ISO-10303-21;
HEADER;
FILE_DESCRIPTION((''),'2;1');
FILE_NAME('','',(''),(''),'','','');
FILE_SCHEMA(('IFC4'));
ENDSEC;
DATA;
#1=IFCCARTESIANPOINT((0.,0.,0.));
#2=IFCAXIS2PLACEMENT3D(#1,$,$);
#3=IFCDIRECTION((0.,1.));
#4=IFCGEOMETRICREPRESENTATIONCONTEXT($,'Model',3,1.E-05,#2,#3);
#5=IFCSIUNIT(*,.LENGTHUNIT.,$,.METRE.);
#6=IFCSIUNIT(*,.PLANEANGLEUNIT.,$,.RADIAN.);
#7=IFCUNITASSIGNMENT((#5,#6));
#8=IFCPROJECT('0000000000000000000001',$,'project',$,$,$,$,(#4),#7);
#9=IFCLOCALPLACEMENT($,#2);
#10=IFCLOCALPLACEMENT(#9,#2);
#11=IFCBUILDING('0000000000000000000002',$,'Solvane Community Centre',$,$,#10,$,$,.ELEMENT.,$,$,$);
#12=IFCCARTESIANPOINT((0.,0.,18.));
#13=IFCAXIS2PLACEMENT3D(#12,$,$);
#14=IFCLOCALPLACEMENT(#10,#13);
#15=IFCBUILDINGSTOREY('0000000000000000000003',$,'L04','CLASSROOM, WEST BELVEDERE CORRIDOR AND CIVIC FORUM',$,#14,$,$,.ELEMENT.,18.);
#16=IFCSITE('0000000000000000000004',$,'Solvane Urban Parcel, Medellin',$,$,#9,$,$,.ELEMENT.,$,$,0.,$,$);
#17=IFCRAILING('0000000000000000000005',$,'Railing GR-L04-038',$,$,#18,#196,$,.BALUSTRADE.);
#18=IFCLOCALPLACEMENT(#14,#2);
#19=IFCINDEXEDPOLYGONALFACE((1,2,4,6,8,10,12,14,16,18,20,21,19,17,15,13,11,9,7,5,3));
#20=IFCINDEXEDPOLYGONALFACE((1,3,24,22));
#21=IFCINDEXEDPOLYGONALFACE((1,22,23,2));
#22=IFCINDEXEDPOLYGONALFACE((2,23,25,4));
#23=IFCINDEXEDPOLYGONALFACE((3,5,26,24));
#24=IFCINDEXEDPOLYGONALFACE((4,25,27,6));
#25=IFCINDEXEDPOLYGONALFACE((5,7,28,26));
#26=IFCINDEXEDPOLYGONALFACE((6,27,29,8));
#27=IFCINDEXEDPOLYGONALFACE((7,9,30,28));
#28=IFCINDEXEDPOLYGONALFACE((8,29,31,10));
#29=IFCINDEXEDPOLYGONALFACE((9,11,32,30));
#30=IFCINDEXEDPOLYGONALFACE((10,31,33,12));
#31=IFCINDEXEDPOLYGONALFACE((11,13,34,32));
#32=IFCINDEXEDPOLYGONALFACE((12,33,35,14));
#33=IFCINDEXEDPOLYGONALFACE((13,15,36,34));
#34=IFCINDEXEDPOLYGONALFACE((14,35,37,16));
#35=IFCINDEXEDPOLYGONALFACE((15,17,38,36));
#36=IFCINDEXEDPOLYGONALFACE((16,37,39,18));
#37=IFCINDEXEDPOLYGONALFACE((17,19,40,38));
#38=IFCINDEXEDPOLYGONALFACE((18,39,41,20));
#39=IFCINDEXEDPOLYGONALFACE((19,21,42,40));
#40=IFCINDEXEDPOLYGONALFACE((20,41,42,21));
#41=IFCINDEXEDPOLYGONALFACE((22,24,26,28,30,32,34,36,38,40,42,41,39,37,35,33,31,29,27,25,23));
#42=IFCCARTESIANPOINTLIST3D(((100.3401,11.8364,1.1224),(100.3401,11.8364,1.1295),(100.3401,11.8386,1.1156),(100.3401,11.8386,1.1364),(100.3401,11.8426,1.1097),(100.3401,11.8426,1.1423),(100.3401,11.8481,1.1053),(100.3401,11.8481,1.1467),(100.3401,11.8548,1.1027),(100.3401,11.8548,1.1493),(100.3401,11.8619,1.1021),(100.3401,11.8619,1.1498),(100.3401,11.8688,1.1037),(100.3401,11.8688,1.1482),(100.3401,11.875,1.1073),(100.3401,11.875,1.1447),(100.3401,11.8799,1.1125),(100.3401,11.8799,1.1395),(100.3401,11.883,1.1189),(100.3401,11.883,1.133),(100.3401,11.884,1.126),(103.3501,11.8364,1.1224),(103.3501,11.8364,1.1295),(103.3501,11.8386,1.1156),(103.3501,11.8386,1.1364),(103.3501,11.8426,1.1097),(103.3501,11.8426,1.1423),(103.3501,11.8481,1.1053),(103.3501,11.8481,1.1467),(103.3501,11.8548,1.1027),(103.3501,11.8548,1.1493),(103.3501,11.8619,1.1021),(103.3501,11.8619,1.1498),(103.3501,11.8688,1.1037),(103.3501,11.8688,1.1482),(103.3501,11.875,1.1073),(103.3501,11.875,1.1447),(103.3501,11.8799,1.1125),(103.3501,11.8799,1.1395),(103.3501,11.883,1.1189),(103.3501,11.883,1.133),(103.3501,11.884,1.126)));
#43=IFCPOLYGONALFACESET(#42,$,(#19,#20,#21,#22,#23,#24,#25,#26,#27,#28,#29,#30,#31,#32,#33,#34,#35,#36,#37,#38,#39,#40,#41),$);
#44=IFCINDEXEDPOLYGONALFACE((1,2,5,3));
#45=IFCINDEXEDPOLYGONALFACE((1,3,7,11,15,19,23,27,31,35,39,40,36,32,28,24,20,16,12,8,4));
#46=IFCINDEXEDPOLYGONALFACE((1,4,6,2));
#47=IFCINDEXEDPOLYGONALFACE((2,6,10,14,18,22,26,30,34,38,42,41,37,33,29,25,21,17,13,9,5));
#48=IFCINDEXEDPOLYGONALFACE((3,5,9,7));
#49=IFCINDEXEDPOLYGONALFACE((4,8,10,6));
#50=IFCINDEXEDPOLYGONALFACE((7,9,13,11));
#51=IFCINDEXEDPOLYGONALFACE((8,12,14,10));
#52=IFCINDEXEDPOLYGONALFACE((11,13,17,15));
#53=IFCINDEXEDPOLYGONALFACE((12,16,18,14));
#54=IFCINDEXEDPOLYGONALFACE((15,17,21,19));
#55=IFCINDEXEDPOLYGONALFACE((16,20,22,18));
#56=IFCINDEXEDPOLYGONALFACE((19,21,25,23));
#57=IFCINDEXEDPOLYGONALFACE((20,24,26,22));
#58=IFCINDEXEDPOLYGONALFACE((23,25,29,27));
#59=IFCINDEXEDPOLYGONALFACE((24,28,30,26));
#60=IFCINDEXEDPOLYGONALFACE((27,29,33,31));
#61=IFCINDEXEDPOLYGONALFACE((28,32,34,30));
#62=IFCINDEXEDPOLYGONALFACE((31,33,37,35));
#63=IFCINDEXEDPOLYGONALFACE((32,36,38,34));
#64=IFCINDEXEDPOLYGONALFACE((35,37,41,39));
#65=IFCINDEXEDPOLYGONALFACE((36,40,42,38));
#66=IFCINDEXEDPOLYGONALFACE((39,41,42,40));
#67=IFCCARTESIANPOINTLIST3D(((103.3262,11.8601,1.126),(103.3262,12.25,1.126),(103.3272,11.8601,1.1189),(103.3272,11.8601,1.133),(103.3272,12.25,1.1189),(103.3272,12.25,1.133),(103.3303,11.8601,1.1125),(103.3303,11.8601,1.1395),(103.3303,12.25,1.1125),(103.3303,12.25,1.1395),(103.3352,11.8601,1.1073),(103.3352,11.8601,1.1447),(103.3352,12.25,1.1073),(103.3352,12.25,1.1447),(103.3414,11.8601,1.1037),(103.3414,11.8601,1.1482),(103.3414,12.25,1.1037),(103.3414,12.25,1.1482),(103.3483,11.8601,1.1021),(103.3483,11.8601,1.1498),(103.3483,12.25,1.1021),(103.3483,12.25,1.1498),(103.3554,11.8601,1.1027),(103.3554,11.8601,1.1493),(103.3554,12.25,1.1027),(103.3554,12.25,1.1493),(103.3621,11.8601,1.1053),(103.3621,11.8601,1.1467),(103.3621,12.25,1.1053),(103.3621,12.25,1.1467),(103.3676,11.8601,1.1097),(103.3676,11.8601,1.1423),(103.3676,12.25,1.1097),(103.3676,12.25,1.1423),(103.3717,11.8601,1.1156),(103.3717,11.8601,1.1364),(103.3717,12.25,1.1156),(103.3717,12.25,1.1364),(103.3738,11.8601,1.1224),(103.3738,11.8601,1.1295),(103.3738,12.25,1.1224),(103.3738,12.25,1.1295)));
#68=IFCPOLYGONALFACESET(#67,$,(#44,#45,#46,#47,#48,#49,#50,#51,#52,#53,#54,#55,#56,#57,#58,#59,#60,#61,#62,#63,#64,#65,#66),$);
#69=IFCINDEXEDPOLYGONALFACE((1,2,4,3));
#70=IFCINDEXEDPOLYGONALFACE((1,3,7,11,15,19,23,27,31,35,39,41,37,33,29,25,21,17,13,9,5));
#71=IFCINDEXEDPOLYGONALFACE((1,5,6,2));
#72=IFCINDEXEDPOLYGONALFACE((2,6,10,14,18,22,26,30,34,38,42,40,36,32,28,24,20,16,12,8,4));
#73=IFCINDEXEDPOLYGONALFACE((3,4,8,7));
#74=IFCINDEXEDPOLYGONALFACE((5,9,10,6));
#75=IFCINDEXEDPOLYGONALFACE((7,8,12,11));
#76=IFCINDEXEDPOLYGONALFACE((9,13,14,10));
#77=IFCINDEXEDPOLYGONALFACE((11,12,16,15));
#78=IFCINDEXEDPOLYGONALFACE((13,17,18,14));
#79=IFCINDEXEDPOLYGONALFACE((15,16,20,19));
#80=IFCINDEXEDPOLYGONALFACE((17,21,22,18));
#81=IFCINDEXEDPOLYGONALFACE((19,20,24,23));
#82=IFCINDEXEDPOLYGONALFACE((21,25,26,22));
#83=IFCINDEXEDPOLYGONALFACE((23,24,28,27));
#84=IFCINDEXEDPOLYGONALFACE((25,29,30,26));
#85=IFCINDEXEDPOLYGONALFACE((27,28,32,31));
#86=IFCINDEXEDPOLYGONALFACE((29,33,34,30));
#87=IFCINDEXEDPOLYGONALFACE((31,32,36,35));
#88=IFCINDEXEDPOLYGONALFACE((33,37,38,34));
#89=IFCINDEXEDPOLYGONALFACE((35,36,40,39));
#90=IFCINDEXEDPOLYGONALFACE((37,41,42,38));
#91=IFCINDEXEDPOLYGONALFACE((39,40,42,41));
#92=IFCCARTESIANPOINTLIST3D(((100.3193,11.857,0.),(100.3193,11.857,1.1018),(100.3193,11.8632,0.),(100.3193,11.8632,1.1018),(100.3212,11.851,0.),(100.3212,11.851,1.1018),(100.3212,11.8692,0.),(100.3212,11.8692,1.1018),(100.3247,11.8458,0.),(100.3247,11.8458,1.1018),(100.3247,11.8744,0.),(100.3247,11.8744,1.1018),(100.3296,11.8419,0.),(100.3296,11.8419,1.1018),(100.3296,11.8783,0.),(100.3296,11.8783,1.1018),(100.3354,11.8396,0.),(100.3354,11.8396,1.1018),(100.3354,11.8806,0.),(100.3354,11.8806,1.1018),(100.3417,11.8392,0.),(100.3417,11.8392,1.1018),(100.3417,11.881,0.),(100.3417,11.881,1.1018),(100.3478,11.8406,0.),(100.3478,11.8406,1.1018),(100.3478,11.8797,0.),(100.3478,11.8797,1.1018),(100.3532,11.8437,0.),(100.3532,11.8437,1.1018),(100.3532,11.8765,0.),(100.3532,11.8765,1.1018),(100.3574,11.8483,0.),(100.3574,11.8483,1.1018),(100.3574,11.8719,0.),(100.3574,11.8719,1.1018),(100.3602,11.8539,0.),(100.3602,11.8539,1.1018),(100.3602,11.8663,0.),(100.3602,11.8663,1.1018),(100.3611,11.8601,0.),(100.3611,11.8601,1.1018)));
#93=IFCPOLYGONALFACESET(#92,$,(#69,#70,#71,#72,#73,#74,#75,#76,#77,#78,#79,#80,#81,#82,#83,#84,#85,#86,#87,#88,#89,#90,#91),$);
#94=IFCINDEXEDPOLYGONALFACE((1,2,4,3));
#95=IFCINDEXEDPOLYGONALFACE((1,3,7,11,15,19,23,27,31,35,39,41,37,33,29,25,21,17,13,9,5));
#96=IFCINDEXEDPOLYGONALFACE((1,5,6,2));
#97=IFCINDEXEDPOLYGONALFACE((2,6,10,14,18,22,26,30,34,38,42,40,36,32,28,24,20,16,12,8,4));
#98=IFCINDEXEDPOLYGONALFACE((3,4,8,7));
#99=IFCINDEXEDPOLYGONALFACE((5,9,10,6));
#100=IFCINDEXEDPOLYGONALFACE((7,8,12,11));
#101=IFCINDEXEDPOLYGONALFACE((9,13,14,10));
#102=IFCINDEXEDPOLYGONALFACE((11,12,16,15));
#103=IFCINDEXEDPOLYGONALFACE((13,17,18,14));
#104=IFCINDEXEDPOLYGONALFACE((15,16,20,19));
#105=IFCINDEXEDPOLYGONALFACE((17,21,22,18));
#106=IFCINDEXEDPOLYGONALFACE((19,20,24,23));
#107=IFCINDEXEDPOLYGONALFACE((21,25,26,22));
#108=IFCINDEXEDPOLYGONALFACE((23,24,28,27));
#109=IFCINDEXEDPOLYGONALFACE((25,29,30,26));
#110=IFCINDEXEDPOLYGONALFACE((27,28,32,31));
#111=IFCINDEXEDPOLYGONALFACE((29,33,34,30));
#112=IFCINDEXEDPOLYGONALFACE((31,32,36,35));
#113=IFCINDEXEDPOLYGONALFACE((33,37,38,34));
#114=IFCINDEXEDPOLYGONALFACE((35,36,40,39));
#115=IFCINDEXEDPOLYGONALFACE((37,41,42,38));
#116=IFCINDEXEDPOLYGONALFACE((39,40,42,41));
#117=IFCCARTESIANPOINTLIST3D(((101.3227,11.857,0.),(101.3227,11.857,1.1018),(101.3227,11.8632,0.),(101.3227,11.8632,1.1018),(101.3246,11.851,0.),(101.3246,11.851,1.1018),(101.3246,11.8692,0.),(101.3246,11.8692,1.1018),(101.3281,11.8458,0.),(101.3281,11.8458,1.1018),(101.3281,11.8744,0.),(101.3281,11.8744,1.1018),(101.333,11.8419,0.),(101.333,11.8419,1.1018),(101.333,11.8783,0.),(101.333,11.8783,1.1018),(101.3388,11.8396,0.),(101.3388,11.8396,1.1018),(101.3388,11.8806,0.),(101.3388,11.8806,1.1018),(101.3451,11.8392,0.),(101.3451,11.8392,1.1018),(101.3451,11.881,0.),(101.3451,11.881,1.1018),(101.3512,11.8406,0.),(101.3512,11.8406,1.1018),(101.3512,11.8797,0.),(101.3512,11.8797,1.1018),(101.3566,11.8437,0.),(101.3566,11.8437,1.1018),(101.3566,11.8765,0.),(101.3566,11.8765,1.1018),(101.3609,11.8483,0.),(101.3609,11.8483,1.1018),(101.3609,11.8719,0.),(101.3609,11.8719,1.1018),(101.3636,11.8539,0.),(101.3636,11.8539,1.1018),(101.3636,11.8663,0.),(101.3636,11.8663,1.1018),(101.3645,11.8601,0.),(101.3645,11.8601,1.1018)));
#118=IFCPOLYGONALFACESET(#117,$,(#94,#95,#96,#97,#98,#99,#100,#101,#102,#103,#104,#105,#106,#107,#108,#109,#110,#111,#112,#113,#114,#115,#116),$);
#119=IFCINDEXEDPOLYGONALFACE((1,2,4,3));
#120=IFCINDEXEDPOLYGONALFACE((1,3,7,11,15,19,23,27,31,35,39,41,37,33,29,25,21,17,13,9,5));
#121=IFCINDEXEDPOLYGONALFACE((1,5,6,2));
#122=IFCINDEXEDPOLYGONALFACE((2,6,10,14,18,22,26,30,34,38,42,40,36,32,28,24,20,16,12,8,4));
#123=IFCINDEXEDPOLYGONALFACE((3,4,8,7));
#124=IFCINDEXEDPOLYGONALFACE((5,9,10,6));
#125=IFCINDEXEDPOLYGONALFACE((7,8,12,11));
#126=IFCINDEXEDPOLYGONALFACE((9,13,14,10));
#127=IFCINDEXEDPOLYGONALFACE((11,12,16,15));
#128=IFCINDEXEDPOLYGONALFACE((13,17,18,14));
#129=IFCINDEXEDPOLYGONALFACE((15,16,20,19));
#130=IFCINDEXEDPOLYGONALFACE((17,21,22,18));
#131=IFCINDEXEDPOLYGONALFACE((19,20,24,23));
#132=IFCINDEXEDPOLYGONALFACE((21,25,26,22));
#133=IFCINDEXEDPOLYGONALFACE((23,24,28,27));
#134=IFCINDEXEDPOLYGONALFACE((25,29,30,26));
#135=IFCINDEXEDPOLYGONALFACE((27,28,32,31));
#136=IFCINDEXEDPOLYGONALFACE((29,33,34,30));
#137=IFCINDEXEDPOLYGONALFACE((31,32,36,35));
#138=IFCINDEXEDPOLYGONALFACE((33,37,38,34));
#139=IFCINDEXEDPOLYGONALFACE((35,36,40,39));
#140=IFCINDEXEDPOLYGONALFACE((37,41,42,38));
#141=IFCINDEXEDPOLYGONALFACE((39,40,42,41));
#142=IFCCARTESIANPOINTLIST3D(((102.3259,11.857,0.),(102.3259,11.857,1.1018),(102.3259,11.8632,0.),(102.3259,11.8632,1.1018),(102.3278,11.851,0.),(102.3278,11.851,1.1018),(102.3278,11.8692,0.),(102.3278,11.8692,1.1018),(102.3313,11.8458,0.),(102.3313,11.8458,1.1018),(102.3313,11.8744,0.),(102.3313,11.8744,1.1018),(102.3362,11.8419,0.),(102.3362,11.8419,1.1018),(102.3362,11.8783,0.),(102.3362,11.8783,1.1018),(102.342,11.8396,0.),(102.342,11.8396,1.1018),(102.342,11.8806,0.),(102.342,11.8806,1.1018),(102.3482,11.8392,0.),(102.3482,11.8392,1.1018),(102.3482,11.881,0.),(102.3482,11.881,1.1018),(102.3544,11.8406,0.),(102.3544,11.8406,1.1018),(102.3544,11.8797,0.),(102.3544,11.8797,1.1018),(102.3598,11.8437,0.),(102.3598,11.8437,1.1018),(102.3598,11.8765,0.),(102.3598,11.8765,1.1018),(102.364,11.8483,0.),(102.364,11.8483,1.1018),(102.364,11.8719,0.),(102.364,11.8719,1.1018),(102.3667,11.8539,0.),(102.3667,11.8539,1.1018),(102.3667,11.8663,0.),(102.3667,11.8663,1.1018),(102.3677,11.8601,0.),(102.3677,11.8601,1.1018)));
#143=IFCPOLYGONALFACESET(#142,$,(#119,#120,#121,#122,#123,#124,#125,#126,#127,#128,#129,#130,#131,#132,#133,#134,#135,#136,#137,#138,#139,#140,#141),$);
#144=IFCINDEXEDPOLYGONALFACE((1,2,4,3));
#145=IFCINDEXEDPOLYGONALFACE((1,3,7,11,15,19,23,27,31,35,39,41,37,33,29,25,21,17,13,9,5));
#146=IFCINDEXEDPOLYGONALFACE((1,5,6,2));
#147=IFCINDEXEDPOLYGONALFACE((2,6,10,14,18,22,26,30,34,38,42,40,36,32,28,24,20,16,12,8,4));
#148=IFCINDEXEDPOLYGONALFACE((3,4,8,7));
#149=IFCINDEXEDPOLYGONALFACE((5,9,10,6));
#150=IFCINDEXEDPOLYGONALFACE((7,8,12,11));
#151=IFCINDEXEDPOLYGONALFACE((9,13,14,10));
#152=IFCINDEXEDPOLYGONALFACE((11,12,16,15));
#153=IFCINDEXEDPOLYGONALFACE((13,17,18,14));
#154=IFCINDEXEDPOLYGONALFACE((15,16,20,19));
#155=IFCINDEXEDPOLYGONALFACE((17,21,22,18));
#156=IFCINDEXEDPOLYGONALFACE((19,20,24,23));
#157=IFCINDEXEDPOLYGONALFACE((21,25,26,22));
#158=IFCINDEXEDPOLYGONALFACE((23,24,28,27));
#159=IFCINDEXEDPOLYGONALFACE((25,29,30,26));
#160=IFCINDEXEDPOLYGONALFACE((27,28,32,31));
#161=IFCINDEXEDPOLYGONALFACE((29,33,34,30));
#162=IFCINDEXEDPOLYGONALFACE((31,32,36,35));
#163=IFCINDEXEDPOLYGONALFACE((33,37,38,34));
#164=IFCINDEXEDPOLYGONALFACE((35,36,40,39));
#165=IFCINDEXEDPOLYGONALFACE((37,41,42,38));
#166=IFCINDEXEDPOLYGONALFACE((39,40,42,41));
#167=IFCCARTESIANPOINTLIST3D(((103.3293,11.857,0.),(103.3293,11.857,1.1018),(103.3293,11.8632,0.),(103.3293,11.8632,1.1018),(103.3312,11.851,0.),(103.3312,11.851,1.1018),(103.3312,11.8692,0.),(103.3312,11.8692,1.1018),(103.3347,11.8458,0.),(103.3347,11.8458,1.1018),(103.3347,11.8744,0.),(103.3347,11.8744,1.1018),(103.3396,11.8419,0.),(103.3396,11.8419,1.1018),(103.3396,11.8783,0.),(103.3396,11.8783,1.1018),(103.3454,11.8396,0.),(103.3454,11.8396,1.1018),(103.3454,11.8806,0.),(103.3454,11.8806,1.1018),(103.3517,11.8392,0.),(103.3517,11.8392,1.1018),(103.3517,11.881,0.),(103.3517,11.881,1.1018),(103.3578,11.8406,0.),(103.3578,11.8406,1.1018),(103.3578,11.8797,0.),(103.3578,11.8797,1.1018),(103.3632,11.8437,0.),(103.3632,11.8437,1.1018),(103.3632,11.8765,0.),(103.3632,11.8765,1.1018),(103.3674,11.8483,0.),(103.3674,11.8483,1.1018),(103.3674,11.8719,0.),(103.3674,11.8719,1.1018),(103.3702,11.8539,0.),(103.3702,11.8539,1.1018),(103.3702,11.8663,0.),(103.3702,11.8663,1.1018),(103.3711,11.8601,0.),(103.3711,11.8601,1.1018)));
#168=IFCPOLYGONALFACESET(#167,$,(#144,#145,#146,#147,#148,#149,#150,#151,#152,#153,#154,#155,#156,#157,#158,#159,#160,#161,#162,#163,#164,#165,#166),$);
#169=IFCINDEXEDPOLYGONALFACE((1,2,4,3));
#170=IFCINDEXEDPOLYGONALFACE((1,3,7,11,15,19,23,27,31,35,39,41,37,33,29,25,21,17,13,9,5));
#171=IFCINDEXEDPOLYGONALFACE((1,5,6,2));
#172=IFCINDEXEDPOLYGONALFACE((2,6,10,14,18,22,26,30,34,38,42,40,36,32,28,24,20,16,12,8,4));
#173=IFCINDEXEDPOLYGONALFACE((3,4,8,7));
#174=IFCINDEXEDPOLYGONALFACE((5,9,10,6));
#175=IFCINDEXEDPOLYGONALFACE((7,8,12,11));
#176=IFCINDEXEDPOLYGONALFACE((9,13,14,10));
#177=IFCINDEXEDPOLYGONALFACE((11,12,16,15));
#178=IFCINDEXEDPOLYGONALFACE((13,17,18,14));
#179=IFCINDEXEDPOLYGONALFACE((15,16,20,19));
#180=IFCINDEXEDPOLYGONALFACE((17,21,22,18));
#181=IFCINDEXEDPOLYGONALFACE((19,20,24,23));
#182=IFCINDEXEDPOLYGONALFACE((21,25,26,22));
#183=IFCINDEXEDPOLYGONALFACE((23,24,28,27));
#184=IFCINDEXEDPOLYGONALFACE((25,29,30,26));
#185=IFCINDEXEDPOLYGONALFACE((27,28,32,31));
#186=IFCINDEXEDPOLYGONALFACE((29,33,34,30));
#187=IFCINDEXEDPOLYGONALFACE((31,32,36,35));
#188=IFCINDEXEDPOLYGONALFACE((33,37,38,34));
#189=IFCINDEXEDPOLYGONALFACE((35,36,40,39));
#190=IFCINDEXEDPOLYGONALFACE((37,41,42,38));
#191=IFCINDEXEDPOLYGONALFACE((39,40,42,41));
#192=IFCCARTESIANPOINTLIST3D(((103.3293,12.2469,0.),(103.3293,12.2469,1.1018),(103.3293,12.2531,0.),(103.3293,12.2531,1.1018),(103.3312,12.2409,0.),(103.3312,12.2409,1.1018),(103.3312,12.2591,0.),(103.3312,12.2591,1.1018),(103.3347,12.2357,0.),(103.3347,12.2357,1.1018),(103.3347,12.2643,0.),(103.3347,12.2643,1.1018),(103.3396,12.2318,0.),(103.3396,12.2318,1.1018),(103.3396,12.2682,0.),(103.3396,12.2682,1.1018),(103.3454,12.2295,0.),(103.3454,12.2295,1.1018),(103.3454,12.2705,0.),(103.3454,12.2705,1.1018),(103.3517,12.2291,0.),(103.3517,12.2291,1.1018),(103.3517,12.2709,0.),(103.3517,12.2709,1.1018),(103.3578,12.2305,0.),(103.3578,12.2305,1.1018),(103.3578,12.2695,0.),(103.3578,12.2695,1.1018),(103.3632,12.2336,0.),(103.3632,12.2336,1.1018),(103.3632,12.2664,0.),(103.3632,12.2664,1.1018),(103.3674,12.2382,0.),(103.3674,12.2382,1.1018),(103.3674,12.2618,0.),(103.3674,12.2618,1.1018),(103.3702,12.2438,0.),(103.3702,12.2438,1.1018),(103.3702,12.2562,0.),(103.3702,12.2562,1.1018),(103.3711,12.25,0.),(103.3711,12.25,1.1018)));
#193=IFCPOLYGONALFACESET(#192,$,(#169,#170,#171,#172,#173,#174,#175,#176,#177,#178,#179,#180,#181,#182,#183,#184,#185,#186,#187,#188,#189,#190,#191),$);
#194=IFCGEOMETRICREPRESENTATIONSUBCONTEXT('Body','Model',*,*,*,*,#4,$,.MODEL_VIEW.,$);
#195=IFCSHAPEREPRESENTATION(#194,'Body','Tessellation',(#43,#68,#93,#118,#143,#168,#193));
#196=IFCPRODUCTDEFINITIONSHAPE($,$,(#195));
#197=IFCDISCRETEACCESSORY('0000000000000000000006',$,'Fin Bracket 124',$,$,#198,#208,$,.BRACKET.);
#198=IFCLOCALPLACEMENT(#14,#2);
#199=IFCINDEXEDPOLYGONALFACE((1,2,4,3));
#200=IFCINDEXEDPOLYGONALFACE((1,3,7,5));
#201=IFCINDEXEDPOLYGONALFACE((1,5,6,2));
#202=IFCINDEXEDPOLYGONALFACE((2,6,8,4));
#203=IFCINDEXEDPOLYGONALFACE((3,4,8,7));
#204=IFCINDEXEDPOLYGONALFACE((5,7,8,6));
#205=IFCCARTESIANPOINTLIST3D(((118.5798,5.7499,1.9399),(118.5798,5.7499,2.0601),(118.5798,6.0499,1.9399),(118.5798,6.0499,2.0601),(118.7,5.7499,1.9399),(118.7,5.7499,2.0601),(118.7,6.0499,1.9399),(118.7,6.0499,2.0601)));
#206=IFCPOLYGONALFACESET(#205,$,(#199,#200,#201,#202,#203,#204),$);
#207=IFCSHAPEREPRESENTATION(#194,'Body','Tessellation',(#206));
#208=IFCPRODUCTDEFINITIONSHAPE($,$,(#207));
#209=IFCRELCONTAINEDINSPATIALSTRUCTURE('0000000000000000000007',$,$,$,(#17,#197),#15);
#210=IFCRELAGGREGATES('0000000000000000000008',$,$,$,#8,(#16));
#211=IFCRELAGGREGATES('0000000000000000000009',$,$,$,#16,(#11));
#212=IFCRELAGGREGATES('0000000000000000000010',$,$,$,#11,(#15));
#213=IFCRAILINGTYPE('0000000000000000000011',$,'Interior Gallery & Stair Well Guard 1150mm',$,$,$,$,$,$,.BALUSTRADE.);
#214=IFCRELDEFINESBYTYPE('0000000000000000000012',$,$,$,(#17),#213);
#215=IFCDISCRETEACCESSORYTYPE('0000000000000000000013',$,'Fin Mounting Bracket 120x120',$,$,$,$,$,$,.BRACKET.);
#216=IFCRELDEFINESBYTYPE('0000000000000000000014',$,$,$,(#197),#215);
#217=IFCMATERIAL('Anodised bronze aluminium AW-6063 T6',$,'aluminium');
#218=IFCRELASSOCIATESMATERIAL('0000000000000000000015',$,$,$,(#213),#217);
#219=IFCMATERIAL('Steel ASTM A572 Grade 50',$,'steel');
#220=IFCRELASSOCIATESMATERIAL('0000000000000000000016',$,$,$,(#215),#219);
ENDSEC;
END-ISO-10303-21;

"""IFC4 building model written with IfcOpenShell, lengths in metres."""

from ifc_helpers import new_model, si_unit, direction, frame, origin, origin_2d, place, context, subcontext, project, spatial, rectangle, circle, extrude, material, type_object, element, save


model = new_model("IFC4")

# Units and contexts
model_context = context("Model", 3, precision=1e-05, world=origin(), true_north=direction((0.0, 1.0)))
body_context = subcontext(model_context, "Body", "Model", "MODEL_VIEW")
ifc_project = project(units=[si_unit("LENGTHUNIT", "METRE"), si_unit("PLANEANGLEUNIT", "RADIAN")], contexts=[model_context])

# Site, building, storey
site_placement = place(None, origin())
site = spatial("IfcSite", under=ifc_project, at=site_placement, Name="Solvane Urban Parcel, Medellin", CompositionType="ELEMENT", RefElevation=0.0)
building_placement = place(site_placement, origin())
building = spatial("IfcBuilding", under=site, at=building_placement, Name="Solvane Community Centre", CompositionType="ELEMENT")
storey_placement = place(building_placement, frame((0.0, 0.0, 18.0)))
storey = spatial("IfcBuildingStorey", under=building, at=storey_placement, Name="L04", Description="CLASSROOM, WEST BELVEDERE CORRIDOR AND CIVIC FORUM", CompositionType="ELEMENT", Elevation=18.0)

# Shared definitions
ifc_material_1 = material(Name="Anodised bronze aluminium AW-6063 T6", Category="aluminium")

# Railing
railing_type = type_object("IfcRailingType", Name="Interior Gallery & Stair Well Guard 1150mm", PredefinedType="BALUSTRADE", material=ifc_material_1)
railing_placement = place(storey_placement, frame((100.3401, 11.8601, 0.0)))
element("IfcRailing", 1, at=railing_placement, inside=storey, type_object=railing_type, Name="Railing GR-L04-038", PredefinedType="BALUSTRADE", context=body_context, shape_type="SweptSolid", body=[
    extrude(circle(Radius=0.0239, at=origin_2d()), frame((0.0, 0.0, 1.126), z_axis=(1.0, 0.0, 0.0), x_axis=(0.0, 1.0, 0.0)), (0.0, 0.0, 1.0), 3.01),
    extrude(circle(Radius=0.0239, at=origin_2d()), frame((3.01, 0.0, 1.126), z_axis=(0.0, 1.0, 0.0), x_axis=(-1.0, 0.0, 0.0)), (0.0, 0.0, 1.0), 0.3899),
    extrude(circle(Radius=0.021, at=origin_2d()), origin(), (0.0, 0.0, 1.0), 1.1018),
    extrude(circle(Radius=0.021, at=origin_2d()), frame((1.0034, 0.0, 0.0)), (0.0, 0.0, 1.0), 1.1018),
    extrude(circle(Radius=0.021, at=origin_2d()), frame((2.0066, 0.0, 0.0)), (0.0, 0.0, 1.0), 1.1018),
    extrude(circle(Radius=0.021, at=origin_2d()), frame((3.01, 0.0, 0.0)), (0.0, 0.0, 1.0), 1.1018),
    extrude(circle(Radius=0.021, at=origin_2d()), frame((3.01, 0.3899, 0.0)), (0.0, 0.0, 1.0), 1.1018),
])

# Discrete accessory
ifc_material_2 = material(Name="Steel ASTM A572 Grade 50", Category="steel")
discrete_accessory_type = type_object("IfcDiscreteAccessoryType", Name="Fin Mounting Bracket 120x120", PredefinedType="BRACKET", material=ifc_material_2)
discrete_accessory_placement = place(storey_placement, frame((118.6399, 5.8999, 1.9399), z_axis=(0.0, 0.0, 1.0), x_axis=(-1.0, 0.0, 0.0)))
element("IfcDiscreteAccessory", 2, at=discrete_accessory_placement, inside=storey, type_object=discrete_accessory_type, Name="Fin Bracket 124", PredefinedType="BRACKET", context=body_context, shape_type="SweptSolid", body=[
    extrude(rectangle(XDim=0.1201, YDim=0.3, at=origin_2d()), origin(), (0.0, 0.0, 1.0), 0.1201),
])

save(model, "model.ifc")
